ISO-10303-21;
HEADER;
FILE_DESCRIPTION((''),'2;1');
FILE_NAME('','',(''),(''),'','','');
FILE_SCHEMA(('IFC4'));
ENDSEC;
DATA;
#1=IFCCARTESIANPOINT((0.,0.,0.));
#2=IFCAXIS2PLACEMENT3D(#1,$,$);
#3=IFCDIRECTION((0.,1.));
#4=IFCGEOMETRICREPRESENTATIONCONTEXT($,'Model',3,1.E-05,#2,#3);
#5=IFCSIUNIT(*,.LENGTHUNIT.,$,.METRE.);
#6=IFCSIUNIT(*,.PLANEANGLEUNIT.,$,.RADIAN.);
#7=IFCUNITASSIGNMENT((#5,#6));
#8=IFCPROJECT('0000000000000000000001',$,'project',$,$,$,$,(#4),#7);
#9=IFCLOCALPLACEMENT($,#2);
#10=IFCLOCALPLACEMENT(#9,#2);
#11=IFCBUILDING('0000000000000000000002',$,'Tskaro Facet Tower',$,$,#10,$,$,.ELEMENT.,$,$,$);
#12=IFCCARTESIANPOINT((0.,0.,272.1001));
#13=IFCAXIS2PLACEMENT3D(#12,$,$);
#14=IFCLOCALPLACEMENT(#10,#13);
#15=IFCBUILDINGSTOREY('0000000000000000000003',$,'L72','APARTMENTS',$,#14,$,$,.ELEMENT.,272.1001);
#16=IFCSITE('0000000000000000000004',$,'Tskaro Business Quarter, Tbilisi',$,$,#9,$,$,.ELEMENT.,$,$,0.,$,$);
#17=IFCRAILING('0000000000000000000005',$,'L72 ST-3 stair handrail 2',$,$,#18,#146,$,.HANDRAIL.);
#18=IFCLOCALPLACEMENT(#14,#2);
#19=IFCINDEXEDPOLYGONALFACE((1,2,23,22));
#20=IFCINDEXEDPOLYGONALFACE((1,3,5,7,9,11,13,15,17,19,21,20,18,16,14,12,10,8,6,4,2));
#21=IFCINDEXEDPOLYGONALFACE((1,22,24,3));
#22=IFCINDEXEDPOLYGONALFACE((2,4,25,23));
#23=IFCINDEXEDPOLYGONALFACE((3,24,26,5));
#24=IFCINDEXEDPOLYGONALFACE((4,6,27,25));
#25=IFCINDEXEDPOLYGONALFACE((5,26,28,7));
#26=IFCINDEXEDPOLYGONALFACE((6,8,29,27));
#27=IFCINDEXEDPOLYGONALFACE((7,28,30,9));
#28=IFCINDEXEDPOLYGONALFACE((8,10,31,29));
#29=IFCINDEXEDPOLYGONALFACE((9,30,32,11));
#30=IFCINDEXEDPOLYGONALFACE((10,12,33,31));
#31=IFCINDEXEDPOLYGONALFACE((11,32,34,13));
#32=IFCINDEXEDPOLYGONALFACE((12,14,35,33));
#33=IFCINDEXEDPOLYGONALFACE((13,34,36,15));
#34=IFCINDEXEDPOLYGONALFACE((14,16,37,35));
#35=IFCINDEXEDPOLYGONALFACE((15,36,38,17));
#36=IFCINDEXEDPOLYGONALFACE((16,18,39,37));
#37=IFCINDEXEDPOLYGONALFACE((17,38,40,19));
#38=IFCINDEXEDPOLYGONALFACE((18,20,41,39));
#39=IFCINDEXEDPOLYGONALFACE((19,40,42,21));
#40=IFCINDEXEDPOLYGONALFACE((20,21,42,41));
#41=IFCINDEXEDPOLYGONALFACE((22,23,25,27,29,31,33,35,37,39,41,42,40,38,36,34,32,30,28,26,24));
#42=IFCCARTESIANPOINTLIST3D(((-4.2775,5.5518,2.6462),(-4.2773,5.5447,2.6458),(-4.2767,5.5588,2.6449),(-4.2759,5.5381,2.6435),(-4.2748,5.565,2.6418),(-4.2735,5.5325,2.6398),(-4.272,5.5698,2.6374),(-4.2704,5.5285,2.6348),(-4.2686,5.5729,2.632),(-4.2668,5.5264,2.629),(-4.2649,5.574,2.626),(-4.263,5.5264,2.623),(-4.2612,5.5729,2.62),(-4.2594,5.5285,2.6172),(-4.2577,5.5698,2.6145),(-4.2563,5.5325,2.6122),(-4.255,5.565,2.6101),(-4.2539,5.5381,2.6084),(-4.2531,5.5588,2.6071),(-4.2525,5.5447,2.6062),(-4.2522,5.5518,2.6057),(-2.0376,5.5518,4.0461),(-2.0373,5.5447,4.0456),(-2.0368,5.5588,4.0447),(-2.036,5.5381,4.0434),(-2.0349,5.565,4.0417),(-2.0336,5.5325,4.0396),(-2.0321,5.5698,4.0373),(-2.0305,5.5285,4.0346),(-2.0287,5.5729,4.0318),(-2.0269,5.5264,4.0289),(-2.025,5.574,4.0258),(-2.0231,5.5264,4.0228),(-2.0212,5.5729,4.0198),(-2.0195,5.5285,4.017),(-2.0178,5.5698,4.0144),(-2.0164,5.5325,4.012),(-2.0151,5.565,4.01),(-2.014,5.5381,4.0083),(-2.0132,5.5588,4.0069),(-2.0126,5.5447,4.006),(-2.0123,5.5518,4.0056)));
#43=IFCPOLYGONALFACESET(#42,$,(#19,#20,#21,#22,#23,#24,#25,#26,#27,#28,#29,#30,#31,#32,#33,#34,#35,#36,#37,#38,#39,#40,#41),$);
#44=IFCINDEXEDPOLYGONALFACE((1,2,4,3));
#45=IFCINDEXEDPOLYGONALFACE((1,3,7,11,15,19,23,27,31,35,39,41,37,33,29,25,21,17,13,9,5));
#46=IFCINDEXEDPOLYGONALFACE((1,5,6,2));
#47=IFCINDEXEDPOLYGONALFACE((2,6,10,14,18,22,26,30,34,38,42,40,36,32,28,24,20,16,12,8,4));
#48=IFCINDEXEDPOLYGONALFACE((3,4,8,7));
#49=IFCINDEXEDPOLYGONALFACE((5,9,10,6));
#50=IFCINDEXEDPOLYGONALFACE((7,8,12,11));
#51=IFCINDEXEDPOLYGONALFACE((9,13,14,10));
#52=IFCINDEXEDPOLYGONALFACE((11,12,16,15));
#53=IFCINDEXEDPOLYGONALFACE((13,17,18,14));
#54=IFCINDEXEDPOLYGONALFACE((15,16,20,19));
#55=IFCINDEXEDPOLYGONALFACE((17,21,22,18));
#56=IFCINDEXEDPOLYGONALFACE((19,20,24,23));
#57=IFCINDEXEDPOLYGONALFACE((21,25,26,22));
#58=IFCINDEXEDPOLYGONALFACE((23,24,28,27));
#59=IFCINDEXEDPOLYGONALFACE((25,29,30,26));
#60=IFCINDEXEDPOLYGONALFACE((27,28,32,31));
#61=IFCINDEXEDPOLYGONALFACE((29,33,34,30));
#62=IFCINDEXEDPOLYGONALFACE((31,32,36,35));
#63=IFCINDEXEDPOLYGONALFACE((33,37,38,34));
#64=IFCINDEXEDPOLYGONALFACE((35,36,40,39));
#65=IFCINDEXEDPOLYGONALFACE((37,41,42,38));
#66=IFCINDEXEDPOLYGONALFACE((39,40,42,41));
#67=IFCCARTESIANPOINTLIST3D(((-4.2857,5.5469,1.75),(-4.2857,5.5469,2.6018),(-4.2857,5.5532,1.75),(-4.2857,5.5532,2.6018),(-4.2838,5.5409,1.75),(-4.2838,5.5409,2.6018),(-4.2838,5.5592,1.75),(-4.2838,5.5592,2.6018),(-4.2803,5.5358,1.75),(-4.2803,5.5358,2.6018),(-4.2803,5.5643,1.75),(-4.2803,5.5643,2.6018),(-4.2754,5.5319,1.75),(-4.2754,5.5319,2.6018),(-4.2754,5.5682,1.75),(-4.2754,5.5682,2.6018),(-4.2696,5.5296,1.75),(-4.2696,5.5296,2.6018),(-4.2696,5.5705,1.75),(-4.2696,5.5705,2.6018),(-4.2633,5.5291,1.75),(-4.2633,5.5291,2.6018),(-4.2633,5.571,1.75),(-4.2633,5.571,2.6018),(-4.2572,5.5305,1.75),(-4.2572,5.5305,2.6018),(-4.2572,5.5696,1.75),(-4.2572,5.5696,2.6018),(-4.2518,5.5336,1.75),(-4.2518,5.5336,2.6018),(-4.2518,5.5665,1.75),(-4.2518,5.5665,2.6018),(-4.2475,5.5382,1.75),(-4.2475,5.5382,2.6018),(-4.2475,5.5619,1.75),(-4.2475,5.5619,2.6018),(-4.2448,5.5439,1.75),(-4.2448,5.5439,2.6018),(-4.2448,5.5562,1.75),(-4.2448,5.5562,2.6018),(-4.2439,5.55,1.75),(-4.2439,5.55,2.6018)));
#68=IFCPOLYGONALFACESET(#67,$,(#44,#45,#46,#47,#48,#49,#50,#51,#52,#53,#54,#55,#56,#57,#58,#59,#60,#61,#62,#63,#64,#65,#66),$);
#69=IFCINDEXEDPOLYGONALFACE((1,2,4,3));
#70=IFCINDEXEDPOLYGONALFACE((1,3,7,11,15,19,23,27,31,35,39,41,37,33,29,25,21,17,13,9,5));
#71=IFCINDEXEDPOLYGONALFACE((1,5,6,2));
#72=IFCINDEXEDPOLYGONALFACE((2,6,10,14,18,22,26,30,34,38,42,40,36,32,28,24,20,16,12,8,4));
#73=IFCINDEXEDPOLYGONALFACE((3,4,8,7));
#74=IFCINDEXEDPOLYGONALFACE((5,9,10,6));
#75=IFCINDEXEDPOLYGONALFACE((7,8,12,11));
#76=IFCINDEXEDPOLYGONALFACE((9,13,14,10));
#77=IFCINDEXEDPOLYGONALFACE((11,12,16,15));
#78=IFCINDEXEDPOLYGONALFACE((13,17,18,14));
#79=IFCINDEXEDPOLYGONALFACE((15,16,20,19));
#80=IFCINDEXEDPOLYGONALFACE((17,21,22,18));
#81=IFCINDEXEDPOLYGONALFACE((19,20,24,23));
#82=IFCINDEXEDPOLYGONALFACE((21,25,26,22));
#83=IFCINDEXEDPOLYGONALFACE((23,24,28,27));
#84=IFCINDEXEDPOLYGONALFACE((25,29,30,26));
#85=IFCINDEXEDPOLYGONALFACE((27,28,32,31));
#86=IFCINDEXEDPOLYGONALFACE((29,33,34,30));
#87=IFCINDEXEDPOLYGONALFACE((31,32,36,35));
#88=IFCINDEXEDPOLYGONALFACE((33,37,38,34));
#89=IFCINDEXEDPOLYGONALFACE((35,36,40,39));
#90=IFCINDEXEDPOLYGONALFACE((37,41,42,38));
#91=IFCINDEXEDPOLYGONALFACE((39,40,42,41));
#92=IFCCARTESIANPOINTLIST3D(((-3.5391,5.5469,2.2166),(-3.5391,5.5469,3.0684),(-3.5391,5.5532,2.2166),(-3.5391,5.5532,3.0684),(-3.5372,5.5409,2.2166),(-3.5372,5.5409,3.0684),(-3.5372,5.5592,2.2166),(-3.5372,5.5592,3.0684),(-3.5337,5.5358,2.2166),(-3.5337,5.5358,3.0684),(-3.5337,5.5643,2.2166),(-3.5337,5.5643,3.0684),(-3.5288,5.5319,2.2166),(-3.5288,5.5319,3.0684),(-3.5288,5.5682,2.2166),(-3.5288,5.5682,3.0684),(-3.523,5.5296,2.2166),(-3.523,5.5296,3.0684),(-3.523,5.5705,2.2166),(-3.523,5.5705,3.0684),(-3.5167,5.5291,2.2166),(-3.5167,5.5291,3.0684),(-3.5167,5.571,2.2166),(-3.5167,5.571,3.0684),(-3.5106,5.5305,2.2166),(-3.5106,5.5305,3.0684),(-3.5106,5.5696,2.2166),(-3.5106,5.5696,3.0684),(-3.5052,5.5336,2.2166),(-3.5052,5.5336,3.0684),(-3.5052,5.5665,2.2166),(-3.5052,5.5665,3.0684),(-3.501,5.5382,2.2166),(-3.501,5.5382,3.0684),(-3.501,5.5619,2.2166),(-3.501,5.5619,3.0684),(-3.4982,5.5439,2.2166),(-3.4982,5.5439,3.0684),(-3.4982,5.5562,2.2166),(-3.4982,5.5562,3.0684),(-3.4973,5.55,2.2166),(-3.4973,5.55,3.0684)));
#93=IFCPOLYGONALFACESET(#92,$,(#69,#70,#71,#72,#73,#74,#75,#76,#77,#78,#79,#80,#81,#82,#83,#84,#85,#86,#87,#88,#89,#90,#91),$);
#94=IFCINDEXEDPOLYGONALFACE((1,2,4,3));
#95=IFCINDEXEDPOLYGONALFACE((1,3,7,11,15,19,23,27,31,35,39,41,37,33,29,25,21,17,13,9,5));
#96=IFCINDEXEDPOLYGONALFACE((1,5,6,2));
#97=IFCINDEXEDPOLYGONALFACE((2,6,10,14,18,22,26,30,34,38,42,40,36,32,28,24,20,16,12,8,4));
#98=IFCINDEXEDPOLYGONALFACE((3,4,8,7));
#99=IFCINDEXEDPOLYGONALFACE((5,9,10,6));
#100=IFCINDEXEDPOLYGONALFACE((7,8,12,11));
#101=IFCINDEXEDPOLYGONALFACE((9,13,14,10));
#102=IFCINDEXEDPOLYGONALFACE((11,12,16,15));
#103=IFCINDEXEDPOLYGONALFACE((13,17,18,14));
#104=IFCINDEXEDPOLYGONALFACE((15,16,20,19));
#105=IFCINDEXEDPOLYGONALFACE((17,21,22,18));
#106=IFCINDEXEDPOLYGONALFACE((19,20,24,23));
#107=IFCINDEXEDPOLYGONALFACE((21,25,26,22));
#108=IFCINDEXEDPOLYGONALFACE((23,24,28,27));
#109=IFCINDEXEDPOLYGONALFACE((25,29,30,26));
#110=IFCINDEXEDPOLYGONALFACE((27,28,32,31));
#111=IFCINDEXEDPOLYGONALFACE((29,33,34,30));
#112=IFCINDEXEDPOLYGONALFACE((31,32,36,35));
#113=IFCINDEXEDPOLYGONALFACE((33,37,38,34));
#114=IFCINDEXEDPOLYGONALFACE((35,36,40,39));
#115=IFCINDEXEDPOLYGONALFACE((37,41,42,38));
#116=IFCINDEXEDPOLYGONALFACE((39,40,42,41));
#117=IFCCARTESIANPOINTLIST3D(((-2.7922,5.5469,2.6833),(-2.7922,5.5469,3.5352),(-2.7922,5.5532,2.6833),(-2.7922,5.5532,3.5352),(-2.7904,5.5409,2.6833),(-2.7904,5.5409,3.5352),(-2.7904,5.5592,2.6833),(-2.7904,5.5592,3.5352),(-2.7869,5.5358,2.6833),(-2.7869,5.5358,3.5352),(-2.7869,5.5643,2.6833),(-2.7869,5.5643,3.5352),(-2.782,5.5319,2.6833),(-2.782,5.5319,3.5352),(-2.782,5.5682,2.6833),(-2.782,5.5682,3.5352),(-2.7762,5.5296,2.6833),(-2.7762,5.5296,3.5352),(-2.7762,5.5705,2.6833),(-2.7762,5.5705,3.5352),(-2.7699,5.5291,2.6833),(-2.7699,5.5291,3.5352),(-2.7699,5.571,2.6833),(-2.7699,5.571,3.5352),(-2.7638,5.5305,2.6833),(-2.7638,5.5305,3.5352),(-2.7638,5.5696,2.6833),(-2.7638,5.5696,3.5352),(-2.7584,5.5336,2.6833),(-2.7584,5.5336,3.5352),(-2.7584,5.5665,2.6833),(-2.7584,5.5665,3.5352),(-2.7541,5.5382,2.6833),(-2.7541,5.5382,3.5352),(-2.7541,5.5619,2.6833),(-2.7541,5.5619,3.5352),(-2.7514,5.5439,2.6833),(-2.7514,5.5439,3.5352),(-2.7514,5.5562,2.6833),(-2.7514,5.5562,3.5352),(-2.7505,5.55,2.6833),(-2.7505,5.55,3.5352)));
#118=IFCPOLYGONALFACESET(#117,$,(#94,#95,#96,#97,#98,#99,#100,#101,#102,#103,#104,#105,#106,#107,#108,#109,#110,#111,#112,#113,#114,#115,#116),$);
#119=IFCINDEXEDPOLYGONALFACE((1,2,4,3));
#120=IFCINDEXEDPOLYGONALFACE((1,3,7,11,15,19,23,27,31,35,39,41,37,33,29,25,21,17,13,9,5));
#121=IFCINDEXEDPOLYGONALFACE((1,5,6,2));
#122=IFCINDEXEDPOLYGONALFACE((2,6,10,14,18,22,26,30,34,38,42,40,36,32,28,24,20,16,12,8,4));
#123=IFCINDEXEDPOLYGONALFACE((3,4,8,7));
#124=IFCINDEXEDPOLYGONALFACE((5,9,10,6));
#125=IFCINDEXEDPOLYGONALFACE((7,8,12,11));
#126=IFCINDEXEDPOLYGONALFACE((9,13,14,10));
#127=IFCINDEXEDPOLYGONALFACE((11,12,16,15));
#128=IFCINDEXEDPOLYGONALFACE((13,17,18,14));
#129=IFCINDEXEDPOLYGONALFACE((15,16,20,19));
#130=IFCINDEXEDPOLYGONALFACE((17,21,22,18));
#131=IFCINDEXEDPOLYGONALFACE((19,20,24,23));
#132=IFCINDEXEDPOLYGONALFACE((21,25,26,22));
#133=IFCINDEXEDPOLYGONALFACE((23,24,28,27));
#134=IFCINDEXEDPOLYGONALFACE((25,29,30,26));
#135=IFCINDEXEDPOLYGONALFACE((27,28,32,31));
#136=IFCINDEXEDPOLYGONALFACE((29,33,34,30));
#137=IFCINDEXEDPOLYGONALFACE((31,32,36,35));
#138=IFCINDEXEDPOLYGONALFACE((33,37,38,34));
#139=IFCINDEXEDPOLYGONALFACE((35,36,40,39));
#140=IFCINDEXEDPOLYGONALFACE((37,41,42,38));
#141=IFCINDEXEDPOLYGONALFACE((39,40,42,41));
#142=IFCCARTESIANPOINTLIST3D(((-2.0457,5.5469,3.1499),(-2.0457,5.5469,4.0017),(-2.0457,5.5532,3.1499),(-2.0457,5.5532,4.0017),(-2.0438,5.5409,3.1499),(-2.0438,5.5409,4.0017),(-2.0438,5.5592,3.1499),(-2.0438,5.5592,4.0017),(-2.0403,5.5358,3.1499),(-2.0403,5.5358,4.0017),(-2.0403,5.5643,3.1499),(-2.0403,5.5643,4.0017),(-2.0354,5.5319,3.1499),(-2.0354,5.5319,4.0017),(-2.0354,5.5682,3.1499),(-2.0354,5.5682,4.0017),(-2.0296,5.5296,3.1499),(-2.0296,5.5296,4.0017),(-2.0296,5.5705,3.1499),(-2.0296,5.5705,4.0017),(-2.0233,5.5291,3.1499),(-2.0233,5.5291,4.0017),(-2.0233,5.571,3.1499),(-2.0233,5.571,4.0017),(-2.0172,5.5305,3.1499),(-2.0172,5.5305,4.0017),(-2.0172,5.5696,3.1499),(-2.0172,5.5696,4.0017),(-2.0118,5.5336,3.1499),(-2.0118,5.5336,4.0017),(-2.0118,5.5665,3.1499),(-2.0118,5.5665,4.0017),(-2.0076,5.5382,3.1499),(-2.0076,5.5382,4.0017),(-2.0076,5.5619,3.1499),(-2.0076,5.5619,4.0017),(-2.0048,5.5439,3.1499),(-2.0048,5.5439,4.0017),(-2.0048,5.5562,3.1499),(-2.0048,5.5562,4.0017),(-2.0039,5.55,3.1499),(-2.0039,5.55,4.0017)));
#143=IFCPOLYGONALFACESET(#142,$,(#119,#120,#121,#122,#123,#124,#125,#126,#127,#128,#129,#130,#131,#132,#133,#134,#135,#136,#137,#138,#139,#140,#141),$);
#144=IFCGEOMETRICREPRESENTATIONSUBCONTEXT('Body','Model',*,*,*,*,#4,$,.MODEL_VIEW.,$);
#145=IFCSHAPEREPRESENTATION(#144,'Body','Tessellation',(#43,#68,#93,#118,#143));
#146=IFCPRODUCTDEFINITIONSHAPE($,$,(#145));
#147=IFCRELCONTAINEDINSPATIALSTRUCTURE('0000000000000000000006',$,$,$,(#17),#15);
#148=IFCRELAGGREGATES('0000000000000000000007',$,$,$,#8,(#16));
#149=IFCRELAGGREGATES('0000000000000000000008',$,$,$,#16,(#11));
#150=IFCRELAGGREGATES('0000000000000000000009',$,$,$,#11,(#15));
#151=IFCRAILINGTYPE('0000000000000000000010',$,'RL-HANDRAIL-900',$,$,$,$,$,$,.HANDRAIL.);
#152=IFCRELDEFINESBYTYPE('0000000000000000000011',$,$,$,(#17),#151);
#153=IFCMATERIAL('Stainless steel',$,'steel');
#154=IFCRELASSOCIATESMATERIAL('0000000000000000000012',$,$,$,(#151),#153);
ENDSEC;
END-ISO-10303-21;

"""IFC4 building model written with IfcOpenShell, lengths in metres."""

from ifc_helpers import new_model, si_unit, direction, frame, origin, origin_2d, place, context, subcontext, project, spatial, circle, extrude, material, type_object, element, save


model = new_model("IFC4")

# Units and contexts
model_context = context("Model", 3, precision=1e-05, world=origin(), true_north=direction((0.0, 1.0)))
body_context = subcontext(model_context, "Body", "Model", "MODEL_VIEW")
ifc_project = project(units=[si_unit("LENGTHUNIT", "METRE"), si_unit("PLANEANGLEUNIT", "RADIAN")], contexts=[model_context])

# Site, building, storey
site_placement = place(None, origin())
site = spatial("IfcSite", under=ifc_project, at=site_placement, Name="Tskaro Business Quarter, Tbilisi", CompositionType="ELEMENT", RefElevation=0.0)
building_placement = place(site_placement, origin())
building = spatial("IfcBuilding", under=site, at=building_placement, Name="Tskaro Facet Tower", CompositionType="ELEMENT")
storey_placement = place(building_placement, frame((0.0, 0.0, 272.1001)))
storey = spatial("IfcBuildingStorey", under=building, at=storey_placement, Name="L72", Description="APARTMENTS", CompositionType="ELEMENT", Elevation=272.1001)

# Railing
ifc_material_1 = material(Name="Stainless steel", Category="steel")
railing_type = type_object("IfcRailingType", Name="RL-HANDRAIL-900", PredefinedType="HANDRAIL", material=ifc_material_1)
railing_placement = place(storey_placement, frame((-4.2649, 5.55, 1.75)))
element("IfcRailing", 1, at=railing_placement, inside=storey, type_object=railing_type, Name="L72 ST-3 stair handrail 2", PredefinedType="HANDRAIL", context=body_context, shape_type="SweptSolid", body=[
    extrude(circle(Radius=0.0239, at=origin_2d()), frame((0.0, 0.0, 0.876), z_axis=(0.848014, 0.0, 0.529974), x_axis=(0.0, 1.0, 0.0)), (0.0, 0.0, 1.0), 2.6414),
    extrude(circle(Radius=0.021, at=origin_2d()), origin(), (0.0, 0.0, 1.0), 0.8518),
    extrude(circle(Radius=0.021, at=origin_2d()), frame((0.7466, 0.0, 0.4666)), (0.0, 0.0, 1.0), 0.8518),
    extrude(circle(Radius=0.021, at=origin_2d()), frame((1.4934, 0.0, 0.9333)), (0.0, 0.0, 1.0), 0.8518),
    extrude(circle(Radius=0.021, at=origin_2d()), frame((2.24, 0.0, 1.3999)), (0.0, 0.0, 1.0), 0.8518),
])

save(model, "model.ifc")
